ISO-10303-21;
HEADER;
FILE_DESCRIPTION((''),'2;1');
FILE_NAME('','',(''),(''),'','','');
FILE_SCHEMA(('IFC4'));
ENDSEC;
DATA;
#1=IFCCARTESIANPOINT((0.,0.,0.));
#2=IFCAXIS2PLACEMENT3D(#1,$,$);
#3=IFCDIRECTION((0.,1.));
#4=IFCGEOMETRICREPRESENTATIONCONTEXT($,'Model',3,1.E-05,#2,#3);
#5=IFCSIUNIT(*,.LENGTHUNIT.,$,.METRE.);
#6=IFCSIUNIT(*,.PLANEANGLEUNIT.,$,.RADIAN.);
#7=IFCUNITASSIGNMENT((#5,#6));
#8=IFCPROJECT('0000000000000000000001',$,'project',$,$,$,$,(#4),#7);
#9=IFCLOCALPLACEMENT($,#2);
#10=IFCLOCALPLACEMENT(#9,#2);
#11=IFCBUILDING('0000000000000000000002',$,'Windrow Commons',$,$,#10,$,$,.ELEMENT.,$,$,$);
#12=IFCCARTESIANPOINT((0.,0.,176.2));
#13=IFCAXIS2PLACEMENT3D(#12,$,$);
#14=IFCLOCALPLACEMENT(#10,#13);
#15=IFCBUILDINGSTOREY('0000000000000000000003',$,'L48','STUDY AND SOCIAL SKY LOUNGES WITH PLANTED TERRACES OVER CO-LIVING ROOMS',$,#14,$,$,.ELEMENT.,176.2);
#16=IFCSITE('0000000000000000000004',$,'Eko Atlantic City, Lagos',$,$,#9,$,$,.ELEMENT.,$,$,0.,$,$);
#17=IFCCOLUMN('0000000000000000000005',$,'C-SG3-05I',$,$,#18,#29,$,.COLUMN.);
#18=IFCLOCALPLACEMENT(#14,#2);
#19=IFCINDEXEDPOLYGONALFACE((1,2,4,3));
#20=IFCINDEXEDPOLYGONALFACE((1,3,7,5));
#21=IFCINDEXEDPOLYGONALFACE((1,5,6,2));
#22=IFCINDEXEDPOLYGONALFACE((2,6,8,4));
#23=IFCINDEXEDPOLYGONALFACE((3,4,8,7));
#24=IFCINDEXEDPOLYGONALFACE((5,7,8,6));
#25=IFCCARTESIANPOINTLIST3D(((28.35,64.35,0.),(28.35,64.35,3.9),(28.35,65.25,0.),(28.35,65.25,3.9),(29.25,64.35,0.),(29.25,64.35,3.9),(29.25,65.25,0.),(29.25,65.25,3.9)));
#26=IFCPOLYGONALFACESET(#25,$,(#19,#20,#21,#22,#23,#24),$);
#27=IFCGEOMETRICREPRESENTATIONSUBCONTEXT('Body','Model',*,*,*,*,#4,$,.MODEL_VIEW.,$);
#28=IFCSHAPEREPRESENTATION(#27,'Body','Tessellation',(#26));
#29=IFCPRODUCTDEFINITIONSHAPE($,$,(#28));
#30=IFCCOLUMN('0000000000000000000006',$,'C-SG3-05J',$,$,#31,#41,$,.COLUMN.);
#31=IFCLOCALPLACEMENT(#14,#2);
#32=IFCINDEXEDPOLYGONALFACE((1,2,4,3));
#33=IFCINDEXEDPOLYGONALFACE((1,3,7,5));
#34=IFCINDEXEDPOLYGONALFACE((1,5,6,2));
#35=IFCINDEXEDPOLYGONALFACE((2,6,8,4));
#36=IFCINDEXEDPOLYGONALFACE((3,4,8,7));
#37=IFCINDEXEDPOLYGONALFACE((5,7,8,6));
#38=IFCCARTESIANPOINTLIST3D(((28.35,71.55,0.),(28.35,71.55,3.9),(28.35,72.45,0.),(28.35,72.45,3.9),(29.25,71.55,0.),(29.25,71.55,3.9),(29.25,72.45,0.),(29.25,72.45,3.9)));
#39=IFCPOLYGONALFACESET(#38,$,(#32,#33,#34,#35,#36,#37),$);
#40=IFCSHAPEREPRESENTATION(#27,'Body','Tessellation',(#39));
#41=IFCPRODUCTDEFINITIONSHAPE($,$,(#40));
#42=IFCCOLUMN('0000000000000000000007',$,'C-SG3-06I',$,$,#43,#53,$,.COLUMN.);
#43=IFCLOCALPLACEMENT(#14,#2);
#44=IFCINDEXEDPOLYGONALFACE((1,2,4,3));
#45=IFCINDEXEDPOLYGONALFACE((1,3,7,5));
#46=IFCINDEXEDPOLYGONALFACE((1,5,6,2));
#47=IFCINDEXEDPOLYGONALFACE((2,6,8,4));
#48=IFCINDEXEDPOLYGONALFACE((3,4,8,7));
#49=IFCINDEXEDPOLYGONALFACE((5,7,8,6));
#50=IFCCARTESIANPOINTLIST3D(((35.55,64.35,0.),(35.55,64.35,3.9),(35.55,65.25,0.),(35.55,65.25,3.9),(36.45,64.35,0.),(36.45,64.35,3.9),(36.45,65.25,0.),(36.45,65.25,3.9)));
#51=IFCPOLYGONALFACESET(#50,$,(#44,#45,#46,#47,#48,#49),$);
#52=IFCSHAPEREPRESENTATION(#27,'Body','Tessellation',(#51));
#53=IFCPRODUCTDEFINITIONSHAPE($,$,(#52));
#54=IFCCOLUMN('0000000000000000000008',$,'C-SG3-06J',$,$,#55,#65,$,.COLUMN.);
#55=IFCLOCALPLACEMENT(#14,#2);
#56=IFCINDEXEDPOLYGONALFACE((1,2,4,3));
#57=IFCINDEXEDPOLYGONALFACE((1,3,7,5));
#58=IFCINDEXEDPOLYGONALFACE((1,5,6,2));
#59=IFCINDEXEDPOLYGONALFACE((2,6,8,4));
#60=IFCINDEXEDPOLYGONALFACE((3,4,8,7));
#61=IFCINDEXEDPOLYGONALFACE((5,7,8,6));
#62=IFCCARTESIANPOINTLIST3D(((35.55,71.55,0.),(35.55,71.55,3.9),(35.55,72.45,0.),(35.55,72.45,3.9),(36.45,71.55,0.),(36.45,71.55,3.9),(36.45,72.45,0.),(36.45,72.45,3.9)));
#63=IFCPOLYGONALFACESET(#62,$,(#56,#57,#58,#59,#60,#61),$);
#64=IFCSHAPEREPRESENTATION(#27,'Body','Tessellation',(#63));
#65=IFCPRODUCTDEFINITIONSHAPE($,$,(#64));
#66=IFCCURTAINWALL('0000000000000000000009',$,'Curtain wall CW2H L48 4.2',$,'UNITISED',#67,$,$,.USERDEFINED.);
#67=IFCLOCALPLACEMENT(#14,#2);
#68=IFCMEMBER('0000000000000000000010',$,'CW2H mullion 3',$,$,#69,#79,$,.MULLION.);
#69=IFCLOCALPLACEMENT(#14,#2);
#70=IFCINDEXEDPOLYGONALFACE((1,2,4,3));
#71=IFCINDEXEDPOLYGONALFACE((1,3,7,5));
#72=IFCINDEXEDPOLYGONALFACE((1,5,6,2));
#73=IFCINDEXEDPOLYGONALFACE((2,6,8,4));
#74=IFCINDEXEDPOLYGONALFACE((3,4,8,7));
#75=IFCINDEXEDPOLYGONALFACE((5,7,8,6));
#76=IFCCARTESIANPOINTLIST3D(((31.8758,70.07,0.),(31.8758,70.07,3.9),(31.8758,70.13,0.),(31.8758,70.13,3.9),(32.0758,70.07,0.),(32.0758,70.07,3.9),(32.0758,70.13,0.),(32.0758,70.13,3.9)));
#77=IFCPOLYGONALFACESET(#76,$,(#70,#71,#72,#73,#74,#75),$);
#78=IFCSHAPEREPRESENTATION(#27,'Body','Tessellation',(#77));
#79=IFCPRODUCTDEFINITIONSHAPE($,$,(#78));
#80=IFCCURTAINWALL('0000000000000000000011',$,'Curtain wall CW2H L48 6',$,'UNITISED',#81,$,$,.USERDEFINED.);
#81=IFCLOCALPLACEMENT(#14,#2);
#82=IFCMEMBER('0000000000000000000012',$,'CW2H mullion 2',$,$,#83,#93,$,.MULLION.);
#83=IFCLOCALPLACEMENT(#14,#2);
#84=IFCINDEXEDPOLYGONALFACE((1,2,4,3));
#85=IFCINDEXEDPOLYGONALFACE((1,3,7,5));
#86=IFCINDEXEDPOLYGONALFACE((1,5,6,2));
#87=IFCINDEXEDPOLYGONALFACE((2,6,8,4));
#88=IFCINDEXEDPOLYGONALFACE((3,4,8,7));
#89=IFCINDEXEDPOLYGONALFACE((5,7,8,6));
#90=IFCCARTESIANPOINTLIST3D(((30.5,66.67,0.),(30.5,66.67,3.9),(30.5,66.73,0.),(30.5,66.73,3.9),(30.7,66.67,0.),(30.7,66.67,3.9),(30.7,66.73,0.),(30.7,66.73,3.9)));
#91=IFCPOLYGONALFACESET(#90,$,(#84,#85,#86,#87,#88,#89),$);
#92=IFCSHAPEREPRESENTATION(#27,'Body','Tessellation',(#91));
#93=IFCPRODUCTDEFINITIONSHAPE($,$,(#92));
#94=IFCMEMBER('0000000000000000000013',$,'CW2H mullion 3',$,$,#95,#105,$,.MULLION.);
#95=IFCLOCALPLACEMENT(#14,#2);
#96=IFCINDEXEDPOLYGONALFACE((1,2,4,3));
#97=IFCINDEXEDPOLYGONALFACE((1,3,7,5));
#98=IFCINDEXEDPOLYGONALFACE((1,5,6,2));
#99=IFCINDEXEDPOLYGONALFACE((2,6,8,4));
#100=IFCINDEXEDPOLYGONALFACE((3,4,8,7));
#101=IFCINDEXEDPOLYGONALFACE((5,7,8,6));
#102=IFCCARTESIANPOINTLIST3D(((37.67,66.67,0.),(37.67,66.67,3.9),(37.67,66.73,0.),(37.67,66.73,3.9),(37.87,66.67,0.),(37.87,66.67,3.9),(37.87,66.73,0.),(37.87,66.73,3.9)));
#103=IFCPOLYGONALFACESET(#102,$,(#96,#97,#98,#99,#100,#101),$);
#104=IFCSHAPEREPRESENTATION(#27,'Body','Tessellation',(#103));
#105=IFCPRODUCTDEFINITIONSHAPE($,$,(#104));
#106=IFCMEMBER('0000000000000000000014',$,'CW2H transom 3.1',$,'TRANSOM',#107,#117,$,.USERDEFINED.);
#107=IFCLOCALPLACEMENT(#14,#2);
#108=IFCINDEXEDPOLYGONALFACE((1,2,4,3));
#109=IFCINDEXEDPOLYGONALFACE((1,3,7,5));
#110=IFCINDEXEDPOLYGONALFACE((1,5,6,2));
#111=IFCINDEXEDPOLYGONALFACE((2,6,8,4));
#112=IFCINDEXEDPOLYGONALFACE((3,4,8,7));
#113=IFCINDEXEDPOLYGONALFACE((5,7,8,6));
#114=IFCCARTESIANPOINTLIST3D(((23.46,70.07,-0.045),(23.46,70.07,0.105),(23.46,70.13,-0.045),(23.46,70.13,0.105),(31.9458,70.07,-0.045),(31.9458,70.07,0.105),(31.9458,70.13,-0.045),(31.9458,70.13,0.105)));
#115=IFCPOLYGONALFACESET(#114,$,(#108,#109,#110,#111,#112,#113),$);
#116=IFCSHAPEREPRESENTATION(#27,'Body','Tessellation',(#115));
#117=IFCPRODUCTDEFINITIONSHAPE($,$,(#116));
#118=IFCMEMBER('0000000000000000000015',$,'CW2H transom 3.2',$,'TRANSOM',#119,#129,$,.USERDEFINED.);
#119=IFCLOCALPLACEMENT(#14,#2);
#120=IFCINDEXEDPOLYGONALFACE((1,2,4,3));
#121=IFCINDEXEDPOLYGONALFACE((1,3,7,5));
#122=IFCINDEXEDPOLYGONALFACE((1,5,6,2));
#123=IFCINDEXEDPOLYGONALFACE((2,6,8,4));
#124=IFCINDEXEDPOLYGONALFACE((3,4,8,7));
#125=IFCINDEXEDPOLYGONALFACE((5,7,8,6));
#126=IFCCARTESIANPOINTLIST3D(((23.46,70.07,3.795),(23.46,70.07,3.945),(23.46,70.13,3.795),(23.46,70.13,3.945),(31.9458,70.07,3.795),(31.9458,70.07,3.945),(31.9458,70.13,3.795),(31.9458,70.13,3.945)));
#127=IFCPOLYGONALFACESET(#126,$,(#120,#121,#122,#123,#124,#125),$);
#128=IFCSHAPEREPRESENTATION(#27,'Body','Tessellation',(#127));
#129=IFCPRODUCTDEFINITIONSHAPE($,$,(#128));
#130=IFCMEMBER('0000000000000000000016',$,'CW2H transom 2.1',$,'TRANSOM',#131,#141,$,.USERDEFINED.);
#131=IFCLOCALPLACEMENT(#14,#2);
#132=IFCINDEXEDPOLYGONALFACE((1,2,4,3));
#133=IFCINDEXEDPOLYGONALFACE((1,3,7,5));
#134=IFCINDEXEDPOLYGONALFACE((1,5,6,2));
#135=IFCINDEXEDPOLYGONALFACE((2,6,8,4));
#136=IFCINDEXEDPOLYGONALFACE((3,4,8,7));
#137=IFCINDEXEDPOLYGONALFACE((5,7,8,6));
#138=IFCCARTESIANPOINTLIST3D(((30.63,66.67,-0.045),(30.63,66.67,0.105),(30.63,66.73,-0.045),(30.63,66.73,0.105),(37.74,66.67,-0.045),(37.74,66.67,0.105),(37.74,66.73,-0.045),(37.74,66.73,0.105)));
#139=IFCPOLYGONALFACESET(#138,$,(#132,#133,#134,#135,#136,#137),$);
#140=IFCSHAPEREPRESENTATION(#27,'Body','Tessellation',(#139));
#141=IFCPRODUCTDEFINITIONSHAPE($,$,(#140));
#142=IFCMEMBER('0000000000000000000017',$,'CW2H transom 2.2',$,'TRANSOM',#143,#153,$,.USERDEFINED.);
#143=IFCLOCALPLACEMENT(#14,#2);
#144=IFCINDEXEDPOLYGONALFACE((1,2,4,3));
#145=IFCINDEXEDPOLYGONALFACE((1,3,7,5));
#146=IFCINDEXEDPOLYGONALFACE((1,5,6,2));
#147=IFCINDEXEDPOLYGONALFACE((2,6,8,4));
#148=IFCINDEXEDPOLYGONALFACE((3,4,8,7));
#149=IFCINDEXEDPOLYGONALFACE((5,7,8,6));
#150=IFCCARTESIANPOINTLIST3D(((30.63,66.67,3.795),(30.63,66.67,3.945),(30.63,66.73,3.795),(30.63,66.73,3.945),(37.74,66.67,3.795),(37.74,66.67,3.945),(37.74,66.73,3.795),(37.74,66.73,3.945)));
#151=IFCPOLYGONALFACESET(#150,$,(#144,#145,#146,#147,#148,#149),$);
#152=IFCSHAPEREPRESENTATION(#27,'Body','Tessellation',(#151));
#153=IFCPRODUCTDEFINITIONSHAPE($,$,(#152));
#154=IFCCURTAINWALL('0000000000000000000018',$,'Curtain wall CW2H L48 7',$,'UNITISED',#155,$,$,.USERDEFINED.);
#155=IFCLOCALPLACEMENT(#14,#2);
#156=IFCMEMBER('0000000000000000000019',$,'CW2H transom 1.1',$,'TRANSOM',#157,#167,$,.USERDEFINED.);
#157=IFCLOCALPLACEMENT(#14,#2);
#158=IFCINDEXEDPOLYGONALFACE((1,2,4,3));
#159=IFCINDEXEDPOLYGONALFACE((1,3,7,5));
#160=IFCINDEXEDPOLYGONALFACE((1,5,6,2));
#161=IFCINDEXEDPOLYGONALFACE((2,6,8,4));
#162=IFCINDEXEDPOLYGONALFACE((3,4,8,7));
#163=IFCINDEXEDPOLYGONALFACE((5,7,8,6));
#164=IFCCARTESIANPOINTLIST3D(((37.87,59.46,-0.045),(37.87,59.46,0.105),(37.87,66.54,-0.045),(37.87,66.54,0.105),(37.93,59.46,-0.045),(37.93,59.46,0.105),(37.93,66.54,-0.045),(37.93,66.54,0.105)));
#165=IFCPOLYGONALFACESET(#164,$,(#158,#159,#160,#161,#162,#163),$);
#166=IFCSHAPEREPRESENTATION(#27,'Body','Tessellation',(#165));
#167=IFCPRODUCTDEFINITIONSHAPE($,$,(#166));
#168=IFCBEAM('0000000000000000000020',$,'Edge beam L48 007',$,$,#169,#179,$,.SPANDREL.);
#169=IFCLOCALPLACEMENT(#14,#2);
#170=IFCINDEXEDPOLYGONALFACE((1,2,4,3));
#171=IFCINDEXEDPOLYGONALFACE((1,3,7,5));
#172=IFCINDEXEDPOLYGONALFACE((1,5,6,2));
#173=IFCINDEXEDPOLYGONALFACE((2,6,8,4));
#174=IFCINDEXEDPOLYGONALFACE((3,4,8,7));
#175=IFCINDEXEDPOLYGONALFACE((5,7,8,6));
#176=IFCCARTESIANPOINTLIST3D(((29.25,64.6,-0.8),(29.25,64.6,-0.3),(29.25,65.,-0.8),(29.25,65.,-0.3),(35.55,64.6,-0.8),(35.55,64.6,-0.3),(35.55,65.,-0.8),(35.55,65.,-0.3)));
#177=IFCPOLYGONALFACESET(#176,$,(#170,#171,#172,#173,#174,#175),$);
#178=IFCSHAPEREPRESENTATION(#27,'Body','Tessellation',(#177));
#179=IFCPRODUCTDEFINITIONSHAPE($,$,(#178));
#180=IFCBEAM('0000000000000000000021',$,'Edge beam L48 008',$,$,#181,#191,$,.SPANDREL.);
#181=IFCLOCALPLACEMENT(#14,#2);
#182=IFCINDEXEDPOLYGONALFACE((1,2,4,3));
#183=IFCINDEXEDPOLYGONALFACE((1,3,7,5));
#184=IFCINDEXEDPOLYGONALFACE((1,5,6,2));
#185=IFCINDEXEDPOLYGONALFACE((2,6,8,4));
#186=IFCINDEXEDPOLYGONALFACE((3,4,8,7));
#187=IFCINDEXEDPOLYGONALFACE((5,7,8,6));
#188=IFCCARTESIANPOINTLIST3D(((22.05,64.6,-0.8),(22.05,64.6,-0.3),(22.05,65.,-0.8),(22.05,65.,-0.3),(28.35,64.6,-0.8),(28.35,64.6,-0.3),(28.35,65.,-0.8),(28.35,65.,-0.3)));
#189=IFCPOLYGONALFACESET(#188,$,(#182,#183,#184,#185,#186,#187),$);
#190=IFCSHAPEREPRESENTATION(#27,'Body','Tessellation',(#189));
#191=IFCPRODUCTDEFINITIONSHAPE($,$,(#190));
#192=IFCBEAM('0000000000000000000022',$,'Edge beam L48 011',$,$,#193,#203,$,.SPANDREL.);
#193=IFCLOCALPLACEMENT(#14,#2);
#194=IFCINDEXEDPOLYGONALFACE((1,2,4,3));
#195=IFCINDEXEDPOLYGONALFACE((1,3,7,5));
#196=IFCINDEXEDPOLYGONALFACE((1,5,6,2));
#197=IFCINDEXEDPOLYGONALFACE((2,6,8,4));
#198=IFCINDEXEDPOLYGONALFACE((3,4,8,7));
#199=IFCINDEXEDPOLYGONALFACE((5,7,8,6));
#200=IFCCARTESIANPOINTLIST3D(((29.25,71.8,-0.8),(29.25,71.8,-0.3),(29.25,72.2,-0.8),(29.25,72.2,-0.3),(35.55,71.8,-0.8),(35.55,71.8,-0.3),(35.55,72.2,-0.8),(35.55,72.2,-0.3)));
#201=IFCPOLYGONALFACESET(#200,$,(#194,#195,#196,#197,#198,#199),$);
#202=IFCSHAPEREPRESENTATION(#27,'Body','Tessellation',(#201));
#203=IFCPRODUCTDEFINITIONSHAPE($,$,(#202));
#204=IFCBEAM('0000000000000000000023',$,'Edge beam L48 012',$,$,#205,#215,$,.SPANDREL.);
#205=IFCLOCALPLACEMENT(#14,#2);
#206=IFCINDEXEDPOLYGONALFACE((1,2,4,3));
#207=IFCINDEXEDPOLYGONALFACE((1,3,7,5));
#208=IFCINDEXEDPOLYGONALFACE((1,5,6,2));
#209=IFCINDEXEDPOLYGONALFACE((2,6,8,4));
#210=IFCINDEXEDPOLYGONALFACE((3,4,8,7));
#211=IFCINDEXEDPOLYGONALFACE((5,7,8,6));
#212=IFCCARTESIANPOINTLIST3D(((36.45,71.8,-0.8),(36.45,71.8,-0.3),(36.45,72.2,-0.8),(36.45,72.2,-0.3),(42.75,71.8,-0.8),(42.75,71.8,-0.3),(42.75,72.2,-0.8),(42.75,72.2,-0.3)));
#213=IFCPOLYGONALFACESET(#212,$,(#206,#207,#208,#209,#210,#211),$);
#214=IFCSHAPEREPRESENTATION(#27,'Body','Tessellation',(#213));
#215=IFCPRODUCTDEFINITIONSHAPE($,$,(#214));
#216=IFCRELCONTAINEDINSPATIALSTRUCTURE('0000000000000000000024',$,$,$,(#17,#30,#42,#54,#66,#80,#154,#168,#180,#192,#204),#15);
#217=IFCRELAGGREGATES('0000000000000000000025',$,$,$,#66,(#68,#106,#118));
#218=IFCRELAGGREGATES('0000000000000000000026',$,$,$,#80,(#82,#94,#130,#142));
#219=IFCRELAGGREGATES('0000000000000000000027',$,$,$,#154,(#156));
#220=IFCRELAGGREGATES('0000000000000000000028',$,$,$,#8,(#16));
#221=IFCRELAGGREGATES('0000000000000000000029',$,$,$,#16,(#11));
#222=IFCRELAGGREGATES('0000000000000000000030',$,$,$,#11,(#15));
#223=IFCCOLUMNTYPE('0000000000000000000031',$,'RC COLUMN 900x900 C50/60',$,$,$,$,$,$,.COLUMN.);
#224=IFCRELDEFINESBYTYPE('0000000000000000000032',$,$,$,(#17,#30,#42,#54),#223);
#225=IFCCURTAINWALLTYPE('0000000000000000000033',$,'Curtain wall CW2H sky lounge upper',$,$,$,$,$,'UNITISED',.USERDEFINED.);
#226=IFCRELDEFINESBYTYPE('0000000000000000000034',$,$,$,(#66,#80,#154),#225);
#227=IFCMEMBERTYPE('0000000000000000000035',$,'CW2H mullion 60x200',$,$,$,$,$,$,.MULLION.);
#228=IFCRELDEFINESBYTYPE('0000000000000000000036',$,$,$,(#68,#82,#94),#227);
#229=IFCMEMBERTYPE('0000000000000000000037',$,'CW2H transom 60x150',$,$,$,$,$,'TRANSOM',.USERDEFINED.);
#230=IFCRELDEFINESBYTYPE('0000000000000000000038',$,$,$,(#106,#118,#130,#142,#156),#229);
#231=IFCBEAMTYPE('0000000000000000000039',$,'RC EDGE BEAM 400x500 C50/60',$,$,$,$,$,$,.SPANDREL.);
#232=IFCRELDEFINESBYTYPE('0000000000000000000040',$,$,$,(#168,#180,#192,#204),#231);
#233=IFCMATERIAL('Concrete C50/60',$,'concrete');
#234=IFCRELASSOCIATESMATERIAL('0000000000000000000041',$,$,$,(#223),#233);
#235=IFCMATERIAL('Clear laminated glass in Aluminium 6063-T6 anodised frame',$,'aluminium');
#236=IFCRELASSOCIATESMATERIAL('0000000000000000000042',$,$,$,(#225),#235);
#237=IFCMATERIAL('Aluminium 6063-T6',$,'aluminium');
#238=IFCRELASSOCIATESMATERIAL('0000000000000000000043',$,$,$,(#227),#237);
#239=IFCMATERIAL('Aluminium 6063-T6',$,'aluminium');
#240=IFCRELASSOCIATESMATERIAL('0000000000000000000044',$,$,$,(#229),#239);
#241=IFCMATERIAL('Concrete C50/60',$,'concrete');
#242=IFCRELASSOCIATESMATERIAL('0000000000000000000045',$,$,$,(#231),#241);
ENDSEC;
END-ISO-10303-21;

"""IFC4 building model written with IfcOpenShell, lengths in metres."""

from ifc_helpers import new_model, si_unit, direction, frame, origin, origin_2d, place, context, subcontext, project, spatial, rectangle, extrude, material, material_profile, profile_set, type_object, element, aggregate, save


model = new_model("IFC4")

# Units and contexts
model_context = context("Model", 3, precision=1e-05, world=origin(), true_north=direction((0.0, 1.0)))
body_context = subcontext(model_context, "Body", "Model", "MODEL_VIEW")
ifc_project = project(units=[si_unit("LENGTHUNIT", "METRE"), si_unit("PLANEANGLEUNIT", "RADIAN")], contexts=[model_context])

# Site, building, storey
site_placement = place(None, origin())
site = spatial("IfcSite", under=ifc_project, at=site_placement, Name="Eko Atlantic City, Lagos", CompositionType="ELEMENT", RefElevation=0.0)
building_placement = place(site_placement, origin())
building = spatial("IfcBuilding", under=site, at=building_placement, Name="Windrow Commons", CompositionType="ELEMENT")
storey_placement = place(building_placement, frame((0.0, 0.0, 176.2)))
storey = spatial("IfcBuildingStorey", under=building, at=storey_placement, Name="L48", Description="STUDY AND SOCIAL SKY LOUNGES WITH PLANTED TERRACES OVER CO-LIVING ROOMS", CompositionType="ELEMENT", Elevation=176.2)

# Columns
ifc_material_1 = material(Name="Concrete C50/60", Category="concrete")
ifc_material_profile_1 = material_profile(ifc_material_1, rectangle(XDim=0.9, YDim=0.9, at=origin_2d()))
ifc_profile_set_1 = profile_set([ifc_material_profile_1], Name="Concrete C50/60")
column_type = type_object("IfcColumnType", Name="RC COLUMN 900x900 C50/60", PredefinedType="COLUMN", material=ifc_profile_set_1)
for number, where, z_axis, x_axis, name in (
    (1, (28.8, 64.8, 0.0), (0.0, 0.0, 1.0), (1.0, 0.0, 0.0), "C-SG3-05I"),
    (2, (28.8, 72.0, 0.0), (0.0, 0.0, 1.0), (1.0, 0.0, 0.0), "C-SG3-05J"),
    (3, (36.0, 64.8, 0.0), (0.0, 0.0, 1.0), (1.0, 0.0, 0.0), "C-SG3-06I"),
    (4, (36.0, 72.0, 0.0), (0.0, 0.0, 1.0), (1.0, 0.0, 0.0), "C-SG3-06J"),
):
    element("IfcColumn", number, at=place(storey_placement, frame(where, z_axis=z_axis, x_axis=x_axis)), inside=storey, type_object=column_type, Name=name, PredefinedType="COLUMN", context=body_context, shape_type="SweptSolid", body=[
        extrude(rectangle(XDim=0.9, YDim=0.9, at=origin_2d()), origin(), (0.0, 0.0, 1.0), 3.9),
    ])

# Curtain wall, member
ifc_material_2 = material(Name="Clear laminated glass in Aluminium 6063-T6 anodised frame", Category="aluminium")
curtain_wall_type = type_object("IfcCurtainWallType", Name="Curtain wall CW2H sky lounge upper", ElementType="UNITISED", PredefinedType="USERDEFINED", material=ifc_material_2)
placement = place(storey_placement, origin())
curtain_wall_1 = element("IfcCurtainWall", 5, at=placement, inside=storey, type_object=curtain_wall_type, Name="Curtain wall CW2H L48 4.2", ObjectType="UNITISED", PredefinedType="USERDEFINED")
ifc_material_3 = material(Name="Aluminium 6063-T6", Category="aluminium")
ifc_material_profile_2 = material_profile(ifc_material_3, rectangle(XDim=0.06, YDim=0.2, at=origin_2d()))
ifc_profile_set_2 = profile_set([ifc_material_profile_2], Name="Aluminium 6063-T6")
member_type_1 = type_object("IfcMemberType", Name="CW2H mullion 60x200", PredefinedType="MULLION", material=ifc_profile_set_2)
member_1_placement = place(storey_placement, frame((31.9758, 70.1, 0.0), z_axis=(0.0, 0.0, 1.0), x_axis=(0.0, -1.0, 0.0)))
member_1 = element("IfcMember", 6, at=member_1_placement, type_object=member_type_1, Name="CW2H mullion 3", PredefinedType="MULLION", context=body_context, shape_type="SweptSolid", body=[
    extrude(rectangle(XDim=0.06, YDim=0.2, at=origin_2d()), origin(), (0.0, 0.0, 1.0), 3.9),
])

# Curtain wall, members
curtain_wall_2 = element("IfcCurtainWall", 7, at=placement, inside=storey, type_object=curtain_wall_type, Name="Curtain wall CW2H L48 6", ObjectType="UNITISED", PredefinedType="USERDEFINED")
member_2_placement = place(storey_placement, frame((30.6, 66.7, 0.0), z_axis=(0.0, 0.0, 1.0), x_axis=(0.0, 1.0, 0.0)))
member_2 = element("IfcMember", 8, at=member_2_placement, type_object=member_type_1, Name="CW2H mullion 2", PredefinedType="MULLION", context=body_context, shape_type="SweptSolid", body=[
    extrude(rectangle(XDim=0.06, YDim=0.2, at=origin_2d()), origin(), (0.0, 0.0, 1.0), 3.9),
])
member_3_placement = place(storey_placement, frame((37.77, 66.7, 0.0), z_axis=(0.0, 0.0, 1.0), x_axis=(0.0, 1.0, 0.0)))
member_3 = element("IfcMember", 9, at=member_3_placement, type_object=member_type_1, Name="CW2H mullion 3", PredefinedType="MULLION", context=body_context, shape_type="SweptSolid", body=[
    extrude(rectangle(XDim=0.06, YDim=0.2, at=origin_2d()), origin(), (0.0, 0.0, 1.0), 3.9),
])

# Members
ifc_material_4 = material(Name="Aluminium 6063-T6", Category="aluminium")
ifc_material_profile_3 = material_profile(ifc_material_4, rectangle(XDim=0.06, YDim=0.15, at=origin_2d()))
ifc_profile_set_3 = profile_set([ifc_material_profile_3], Name="Aluminium 6063-T6")
member_type_2 = type_object("IfcMemberType", Name="CW2H transom 60x150", ElementType="TRANSOM", PredefinedType="USERDEFINED", material=ifc_profile_set_3)
member_4_placement = place(storey_placement, frame((31.9458, 70.1, 0.03), z_axis=(-1.0, 0.0, 0.0), x_axis=(0.0, -1.0, 0.0)))
member_4 = element("IfcMember", 10, at=member_4_placement, type_object=member_type_2, Name="CW2H transom 3.1", ObjectType="TRANSOM", PredefinedType="USERDEFINED", context=body_context, shape_type="SweptSolid", body=[
    extrude(rectangle(XDim=0.06, YDim=0.15, at=origin_2d()), origin(), (0.0, 0.0, 1.0), 8.4858),
])
member_5_placement = place(storey_placement, frame((31.9458, 70.1, 3.87), z_axis=(-1.0, 0.0, 0.0), x_axis=(0.0, -1.0, 0.0)))
member_5 = element("IfcMember", 11, at=member_5_placement, type_object=member_type_2, Name="CW2H transom 3.2", ObjectType="TRANSOM", PredefinedType="USERDEFINED", context=body_context, shape_type="SweptSolid", body=[
    extrude(rectangle(XDim=0.06, YDim=0.15, at=origin_2d()), origin(), (0.0, 0.0, 1.0), 8.4858),
])
member_6_placement = place(storey_placement, frame((30.63, 66.7, 0.03), z_axis=(1.0, 0.0, 0.0), x_axis=(0.0, 1.0, 0.0)))
member_6 = element("IfcMember", 12, at=member_6_placement, type_object=member_type_2, Name="CW2H transom 2.1", ObjectType="TRANSOM", PredefinedType="USERDEFINED", context=body_context, shape_type="SweptSolid", body=[
    extrude(rectangle(XDim=0.06, YDim=0.15, at=origin_2d()), origin(), (0.0, 0.0, 1.0), 7.11),
])
member_7_placement = place(storey_placement, frame((30.63, 66.7, 3.87), z_axis=(1.0, 0.0, 0.0), x_axis=(0.0, 1.0, 0.0)))
member_7 = element("IfcMember", 13, at=member_7_placement, type_object=member_type_2, Name="CW2H transom 2.2", ObjectType="TRANSOM", PredefinedType="USERDEFINED", context=body_context, shape_type="SweptSolid", body=[
    extrude(rectangle(XDim=0.06, YDim=0.15, at=origin_2d()), origin(), (0.0, 0.0, 1.0), 7.11),
])

# Curtain wall, member
curtain_wall_3 = element("IfcCurtainWall", 14, at=placement, inside=storey, type_object=curtain_wall_type, Name="Curtain wall CW2H L48 7", ObjectType="UNITISED", PredefinedType="USERDEFINED")
member_8_placement = place(storey_placement, frame((37.9, 66.54, 0.03), z_axis=(0.0, -1.0, 0.0), x_axis=(1.0, 0.0, 0.0)))
member_8 = element("IfcMember", 15, at=member_8_placement, type_object=member_type_2, Name="CW2H transom 1.1", ObjectType="TRANSOM", PredefinedType="USERDEFINED", context=body_context, shape_type="SweptSolid", body=[
    extrude(rectangle(XDim=0.06, YDim=0.15, at=origin_2d()), origin(), (0.0, 0.0, 1.0), 7.08),
])

# Beams
ifc_material_5 = material(Name="Concrete C50/60", Category="concrete")
ifc_material_profile_4 = material_profile(ifc_material_5, rectangle(XDim=0.4, YDim=0.5, at=origin_2d()))
ifc_profile_set_4 = profile_set([ifc_material_profile_4], Name="Concrete C50/60")
beam_type = type_object("IfcBeamType", Name="RC EDGE BEAM 400x500 C50/60", PredefinedType="SPANDREL", material=ifc_profile_set_4)
for number, where, z_axis, x_axis, name in (
    (16, (35.55, 64.8, -0.55), (-1.0, 0.0, 0.0), (0.0, -1.0, 0.0), "Edge beam L48 007"),
    (17, (28.35, 64.8, -0.55), (-1.0, 0.0, 0.0), (0.0, -1.0, 0.0), "Edge beam L48 008"),
    (18, (29.25, 72.0, -0.55), (1.0, 0.0, 0.0), (0.0, 1.0, 0.0), "Edge beam L48 011"),
    (19, (36.45, 72.0, -0.55), (1.0, 0.0, 0.0), (0.0, 1.0, 0.0), "Edge beam L48 012"),
):
    element("IfcBeam", number, at=place(storey_placement, frame(where, z_axis=z_axis, x_axis=x_axis)), inside=storey, type_object=beam_type, Name=name, PredefinedType="SPANDREL", context=body_context, shape_type="SweptSolid", body=[
        extrude(rectangle(XDim=0.4, YDim=0.5, at=origin_2d()), origin(), (0.0, 0.0, 1.0), 6.3),
    ])

aggregate(curtain_wall_1, [member_1, member_4, member_5])
aggregate(curtain_wall_2, [member_2, member_3, member_6, member_7])
aggregate(curtain_wall_3, [member_8])

save(model, "model.ifc")
